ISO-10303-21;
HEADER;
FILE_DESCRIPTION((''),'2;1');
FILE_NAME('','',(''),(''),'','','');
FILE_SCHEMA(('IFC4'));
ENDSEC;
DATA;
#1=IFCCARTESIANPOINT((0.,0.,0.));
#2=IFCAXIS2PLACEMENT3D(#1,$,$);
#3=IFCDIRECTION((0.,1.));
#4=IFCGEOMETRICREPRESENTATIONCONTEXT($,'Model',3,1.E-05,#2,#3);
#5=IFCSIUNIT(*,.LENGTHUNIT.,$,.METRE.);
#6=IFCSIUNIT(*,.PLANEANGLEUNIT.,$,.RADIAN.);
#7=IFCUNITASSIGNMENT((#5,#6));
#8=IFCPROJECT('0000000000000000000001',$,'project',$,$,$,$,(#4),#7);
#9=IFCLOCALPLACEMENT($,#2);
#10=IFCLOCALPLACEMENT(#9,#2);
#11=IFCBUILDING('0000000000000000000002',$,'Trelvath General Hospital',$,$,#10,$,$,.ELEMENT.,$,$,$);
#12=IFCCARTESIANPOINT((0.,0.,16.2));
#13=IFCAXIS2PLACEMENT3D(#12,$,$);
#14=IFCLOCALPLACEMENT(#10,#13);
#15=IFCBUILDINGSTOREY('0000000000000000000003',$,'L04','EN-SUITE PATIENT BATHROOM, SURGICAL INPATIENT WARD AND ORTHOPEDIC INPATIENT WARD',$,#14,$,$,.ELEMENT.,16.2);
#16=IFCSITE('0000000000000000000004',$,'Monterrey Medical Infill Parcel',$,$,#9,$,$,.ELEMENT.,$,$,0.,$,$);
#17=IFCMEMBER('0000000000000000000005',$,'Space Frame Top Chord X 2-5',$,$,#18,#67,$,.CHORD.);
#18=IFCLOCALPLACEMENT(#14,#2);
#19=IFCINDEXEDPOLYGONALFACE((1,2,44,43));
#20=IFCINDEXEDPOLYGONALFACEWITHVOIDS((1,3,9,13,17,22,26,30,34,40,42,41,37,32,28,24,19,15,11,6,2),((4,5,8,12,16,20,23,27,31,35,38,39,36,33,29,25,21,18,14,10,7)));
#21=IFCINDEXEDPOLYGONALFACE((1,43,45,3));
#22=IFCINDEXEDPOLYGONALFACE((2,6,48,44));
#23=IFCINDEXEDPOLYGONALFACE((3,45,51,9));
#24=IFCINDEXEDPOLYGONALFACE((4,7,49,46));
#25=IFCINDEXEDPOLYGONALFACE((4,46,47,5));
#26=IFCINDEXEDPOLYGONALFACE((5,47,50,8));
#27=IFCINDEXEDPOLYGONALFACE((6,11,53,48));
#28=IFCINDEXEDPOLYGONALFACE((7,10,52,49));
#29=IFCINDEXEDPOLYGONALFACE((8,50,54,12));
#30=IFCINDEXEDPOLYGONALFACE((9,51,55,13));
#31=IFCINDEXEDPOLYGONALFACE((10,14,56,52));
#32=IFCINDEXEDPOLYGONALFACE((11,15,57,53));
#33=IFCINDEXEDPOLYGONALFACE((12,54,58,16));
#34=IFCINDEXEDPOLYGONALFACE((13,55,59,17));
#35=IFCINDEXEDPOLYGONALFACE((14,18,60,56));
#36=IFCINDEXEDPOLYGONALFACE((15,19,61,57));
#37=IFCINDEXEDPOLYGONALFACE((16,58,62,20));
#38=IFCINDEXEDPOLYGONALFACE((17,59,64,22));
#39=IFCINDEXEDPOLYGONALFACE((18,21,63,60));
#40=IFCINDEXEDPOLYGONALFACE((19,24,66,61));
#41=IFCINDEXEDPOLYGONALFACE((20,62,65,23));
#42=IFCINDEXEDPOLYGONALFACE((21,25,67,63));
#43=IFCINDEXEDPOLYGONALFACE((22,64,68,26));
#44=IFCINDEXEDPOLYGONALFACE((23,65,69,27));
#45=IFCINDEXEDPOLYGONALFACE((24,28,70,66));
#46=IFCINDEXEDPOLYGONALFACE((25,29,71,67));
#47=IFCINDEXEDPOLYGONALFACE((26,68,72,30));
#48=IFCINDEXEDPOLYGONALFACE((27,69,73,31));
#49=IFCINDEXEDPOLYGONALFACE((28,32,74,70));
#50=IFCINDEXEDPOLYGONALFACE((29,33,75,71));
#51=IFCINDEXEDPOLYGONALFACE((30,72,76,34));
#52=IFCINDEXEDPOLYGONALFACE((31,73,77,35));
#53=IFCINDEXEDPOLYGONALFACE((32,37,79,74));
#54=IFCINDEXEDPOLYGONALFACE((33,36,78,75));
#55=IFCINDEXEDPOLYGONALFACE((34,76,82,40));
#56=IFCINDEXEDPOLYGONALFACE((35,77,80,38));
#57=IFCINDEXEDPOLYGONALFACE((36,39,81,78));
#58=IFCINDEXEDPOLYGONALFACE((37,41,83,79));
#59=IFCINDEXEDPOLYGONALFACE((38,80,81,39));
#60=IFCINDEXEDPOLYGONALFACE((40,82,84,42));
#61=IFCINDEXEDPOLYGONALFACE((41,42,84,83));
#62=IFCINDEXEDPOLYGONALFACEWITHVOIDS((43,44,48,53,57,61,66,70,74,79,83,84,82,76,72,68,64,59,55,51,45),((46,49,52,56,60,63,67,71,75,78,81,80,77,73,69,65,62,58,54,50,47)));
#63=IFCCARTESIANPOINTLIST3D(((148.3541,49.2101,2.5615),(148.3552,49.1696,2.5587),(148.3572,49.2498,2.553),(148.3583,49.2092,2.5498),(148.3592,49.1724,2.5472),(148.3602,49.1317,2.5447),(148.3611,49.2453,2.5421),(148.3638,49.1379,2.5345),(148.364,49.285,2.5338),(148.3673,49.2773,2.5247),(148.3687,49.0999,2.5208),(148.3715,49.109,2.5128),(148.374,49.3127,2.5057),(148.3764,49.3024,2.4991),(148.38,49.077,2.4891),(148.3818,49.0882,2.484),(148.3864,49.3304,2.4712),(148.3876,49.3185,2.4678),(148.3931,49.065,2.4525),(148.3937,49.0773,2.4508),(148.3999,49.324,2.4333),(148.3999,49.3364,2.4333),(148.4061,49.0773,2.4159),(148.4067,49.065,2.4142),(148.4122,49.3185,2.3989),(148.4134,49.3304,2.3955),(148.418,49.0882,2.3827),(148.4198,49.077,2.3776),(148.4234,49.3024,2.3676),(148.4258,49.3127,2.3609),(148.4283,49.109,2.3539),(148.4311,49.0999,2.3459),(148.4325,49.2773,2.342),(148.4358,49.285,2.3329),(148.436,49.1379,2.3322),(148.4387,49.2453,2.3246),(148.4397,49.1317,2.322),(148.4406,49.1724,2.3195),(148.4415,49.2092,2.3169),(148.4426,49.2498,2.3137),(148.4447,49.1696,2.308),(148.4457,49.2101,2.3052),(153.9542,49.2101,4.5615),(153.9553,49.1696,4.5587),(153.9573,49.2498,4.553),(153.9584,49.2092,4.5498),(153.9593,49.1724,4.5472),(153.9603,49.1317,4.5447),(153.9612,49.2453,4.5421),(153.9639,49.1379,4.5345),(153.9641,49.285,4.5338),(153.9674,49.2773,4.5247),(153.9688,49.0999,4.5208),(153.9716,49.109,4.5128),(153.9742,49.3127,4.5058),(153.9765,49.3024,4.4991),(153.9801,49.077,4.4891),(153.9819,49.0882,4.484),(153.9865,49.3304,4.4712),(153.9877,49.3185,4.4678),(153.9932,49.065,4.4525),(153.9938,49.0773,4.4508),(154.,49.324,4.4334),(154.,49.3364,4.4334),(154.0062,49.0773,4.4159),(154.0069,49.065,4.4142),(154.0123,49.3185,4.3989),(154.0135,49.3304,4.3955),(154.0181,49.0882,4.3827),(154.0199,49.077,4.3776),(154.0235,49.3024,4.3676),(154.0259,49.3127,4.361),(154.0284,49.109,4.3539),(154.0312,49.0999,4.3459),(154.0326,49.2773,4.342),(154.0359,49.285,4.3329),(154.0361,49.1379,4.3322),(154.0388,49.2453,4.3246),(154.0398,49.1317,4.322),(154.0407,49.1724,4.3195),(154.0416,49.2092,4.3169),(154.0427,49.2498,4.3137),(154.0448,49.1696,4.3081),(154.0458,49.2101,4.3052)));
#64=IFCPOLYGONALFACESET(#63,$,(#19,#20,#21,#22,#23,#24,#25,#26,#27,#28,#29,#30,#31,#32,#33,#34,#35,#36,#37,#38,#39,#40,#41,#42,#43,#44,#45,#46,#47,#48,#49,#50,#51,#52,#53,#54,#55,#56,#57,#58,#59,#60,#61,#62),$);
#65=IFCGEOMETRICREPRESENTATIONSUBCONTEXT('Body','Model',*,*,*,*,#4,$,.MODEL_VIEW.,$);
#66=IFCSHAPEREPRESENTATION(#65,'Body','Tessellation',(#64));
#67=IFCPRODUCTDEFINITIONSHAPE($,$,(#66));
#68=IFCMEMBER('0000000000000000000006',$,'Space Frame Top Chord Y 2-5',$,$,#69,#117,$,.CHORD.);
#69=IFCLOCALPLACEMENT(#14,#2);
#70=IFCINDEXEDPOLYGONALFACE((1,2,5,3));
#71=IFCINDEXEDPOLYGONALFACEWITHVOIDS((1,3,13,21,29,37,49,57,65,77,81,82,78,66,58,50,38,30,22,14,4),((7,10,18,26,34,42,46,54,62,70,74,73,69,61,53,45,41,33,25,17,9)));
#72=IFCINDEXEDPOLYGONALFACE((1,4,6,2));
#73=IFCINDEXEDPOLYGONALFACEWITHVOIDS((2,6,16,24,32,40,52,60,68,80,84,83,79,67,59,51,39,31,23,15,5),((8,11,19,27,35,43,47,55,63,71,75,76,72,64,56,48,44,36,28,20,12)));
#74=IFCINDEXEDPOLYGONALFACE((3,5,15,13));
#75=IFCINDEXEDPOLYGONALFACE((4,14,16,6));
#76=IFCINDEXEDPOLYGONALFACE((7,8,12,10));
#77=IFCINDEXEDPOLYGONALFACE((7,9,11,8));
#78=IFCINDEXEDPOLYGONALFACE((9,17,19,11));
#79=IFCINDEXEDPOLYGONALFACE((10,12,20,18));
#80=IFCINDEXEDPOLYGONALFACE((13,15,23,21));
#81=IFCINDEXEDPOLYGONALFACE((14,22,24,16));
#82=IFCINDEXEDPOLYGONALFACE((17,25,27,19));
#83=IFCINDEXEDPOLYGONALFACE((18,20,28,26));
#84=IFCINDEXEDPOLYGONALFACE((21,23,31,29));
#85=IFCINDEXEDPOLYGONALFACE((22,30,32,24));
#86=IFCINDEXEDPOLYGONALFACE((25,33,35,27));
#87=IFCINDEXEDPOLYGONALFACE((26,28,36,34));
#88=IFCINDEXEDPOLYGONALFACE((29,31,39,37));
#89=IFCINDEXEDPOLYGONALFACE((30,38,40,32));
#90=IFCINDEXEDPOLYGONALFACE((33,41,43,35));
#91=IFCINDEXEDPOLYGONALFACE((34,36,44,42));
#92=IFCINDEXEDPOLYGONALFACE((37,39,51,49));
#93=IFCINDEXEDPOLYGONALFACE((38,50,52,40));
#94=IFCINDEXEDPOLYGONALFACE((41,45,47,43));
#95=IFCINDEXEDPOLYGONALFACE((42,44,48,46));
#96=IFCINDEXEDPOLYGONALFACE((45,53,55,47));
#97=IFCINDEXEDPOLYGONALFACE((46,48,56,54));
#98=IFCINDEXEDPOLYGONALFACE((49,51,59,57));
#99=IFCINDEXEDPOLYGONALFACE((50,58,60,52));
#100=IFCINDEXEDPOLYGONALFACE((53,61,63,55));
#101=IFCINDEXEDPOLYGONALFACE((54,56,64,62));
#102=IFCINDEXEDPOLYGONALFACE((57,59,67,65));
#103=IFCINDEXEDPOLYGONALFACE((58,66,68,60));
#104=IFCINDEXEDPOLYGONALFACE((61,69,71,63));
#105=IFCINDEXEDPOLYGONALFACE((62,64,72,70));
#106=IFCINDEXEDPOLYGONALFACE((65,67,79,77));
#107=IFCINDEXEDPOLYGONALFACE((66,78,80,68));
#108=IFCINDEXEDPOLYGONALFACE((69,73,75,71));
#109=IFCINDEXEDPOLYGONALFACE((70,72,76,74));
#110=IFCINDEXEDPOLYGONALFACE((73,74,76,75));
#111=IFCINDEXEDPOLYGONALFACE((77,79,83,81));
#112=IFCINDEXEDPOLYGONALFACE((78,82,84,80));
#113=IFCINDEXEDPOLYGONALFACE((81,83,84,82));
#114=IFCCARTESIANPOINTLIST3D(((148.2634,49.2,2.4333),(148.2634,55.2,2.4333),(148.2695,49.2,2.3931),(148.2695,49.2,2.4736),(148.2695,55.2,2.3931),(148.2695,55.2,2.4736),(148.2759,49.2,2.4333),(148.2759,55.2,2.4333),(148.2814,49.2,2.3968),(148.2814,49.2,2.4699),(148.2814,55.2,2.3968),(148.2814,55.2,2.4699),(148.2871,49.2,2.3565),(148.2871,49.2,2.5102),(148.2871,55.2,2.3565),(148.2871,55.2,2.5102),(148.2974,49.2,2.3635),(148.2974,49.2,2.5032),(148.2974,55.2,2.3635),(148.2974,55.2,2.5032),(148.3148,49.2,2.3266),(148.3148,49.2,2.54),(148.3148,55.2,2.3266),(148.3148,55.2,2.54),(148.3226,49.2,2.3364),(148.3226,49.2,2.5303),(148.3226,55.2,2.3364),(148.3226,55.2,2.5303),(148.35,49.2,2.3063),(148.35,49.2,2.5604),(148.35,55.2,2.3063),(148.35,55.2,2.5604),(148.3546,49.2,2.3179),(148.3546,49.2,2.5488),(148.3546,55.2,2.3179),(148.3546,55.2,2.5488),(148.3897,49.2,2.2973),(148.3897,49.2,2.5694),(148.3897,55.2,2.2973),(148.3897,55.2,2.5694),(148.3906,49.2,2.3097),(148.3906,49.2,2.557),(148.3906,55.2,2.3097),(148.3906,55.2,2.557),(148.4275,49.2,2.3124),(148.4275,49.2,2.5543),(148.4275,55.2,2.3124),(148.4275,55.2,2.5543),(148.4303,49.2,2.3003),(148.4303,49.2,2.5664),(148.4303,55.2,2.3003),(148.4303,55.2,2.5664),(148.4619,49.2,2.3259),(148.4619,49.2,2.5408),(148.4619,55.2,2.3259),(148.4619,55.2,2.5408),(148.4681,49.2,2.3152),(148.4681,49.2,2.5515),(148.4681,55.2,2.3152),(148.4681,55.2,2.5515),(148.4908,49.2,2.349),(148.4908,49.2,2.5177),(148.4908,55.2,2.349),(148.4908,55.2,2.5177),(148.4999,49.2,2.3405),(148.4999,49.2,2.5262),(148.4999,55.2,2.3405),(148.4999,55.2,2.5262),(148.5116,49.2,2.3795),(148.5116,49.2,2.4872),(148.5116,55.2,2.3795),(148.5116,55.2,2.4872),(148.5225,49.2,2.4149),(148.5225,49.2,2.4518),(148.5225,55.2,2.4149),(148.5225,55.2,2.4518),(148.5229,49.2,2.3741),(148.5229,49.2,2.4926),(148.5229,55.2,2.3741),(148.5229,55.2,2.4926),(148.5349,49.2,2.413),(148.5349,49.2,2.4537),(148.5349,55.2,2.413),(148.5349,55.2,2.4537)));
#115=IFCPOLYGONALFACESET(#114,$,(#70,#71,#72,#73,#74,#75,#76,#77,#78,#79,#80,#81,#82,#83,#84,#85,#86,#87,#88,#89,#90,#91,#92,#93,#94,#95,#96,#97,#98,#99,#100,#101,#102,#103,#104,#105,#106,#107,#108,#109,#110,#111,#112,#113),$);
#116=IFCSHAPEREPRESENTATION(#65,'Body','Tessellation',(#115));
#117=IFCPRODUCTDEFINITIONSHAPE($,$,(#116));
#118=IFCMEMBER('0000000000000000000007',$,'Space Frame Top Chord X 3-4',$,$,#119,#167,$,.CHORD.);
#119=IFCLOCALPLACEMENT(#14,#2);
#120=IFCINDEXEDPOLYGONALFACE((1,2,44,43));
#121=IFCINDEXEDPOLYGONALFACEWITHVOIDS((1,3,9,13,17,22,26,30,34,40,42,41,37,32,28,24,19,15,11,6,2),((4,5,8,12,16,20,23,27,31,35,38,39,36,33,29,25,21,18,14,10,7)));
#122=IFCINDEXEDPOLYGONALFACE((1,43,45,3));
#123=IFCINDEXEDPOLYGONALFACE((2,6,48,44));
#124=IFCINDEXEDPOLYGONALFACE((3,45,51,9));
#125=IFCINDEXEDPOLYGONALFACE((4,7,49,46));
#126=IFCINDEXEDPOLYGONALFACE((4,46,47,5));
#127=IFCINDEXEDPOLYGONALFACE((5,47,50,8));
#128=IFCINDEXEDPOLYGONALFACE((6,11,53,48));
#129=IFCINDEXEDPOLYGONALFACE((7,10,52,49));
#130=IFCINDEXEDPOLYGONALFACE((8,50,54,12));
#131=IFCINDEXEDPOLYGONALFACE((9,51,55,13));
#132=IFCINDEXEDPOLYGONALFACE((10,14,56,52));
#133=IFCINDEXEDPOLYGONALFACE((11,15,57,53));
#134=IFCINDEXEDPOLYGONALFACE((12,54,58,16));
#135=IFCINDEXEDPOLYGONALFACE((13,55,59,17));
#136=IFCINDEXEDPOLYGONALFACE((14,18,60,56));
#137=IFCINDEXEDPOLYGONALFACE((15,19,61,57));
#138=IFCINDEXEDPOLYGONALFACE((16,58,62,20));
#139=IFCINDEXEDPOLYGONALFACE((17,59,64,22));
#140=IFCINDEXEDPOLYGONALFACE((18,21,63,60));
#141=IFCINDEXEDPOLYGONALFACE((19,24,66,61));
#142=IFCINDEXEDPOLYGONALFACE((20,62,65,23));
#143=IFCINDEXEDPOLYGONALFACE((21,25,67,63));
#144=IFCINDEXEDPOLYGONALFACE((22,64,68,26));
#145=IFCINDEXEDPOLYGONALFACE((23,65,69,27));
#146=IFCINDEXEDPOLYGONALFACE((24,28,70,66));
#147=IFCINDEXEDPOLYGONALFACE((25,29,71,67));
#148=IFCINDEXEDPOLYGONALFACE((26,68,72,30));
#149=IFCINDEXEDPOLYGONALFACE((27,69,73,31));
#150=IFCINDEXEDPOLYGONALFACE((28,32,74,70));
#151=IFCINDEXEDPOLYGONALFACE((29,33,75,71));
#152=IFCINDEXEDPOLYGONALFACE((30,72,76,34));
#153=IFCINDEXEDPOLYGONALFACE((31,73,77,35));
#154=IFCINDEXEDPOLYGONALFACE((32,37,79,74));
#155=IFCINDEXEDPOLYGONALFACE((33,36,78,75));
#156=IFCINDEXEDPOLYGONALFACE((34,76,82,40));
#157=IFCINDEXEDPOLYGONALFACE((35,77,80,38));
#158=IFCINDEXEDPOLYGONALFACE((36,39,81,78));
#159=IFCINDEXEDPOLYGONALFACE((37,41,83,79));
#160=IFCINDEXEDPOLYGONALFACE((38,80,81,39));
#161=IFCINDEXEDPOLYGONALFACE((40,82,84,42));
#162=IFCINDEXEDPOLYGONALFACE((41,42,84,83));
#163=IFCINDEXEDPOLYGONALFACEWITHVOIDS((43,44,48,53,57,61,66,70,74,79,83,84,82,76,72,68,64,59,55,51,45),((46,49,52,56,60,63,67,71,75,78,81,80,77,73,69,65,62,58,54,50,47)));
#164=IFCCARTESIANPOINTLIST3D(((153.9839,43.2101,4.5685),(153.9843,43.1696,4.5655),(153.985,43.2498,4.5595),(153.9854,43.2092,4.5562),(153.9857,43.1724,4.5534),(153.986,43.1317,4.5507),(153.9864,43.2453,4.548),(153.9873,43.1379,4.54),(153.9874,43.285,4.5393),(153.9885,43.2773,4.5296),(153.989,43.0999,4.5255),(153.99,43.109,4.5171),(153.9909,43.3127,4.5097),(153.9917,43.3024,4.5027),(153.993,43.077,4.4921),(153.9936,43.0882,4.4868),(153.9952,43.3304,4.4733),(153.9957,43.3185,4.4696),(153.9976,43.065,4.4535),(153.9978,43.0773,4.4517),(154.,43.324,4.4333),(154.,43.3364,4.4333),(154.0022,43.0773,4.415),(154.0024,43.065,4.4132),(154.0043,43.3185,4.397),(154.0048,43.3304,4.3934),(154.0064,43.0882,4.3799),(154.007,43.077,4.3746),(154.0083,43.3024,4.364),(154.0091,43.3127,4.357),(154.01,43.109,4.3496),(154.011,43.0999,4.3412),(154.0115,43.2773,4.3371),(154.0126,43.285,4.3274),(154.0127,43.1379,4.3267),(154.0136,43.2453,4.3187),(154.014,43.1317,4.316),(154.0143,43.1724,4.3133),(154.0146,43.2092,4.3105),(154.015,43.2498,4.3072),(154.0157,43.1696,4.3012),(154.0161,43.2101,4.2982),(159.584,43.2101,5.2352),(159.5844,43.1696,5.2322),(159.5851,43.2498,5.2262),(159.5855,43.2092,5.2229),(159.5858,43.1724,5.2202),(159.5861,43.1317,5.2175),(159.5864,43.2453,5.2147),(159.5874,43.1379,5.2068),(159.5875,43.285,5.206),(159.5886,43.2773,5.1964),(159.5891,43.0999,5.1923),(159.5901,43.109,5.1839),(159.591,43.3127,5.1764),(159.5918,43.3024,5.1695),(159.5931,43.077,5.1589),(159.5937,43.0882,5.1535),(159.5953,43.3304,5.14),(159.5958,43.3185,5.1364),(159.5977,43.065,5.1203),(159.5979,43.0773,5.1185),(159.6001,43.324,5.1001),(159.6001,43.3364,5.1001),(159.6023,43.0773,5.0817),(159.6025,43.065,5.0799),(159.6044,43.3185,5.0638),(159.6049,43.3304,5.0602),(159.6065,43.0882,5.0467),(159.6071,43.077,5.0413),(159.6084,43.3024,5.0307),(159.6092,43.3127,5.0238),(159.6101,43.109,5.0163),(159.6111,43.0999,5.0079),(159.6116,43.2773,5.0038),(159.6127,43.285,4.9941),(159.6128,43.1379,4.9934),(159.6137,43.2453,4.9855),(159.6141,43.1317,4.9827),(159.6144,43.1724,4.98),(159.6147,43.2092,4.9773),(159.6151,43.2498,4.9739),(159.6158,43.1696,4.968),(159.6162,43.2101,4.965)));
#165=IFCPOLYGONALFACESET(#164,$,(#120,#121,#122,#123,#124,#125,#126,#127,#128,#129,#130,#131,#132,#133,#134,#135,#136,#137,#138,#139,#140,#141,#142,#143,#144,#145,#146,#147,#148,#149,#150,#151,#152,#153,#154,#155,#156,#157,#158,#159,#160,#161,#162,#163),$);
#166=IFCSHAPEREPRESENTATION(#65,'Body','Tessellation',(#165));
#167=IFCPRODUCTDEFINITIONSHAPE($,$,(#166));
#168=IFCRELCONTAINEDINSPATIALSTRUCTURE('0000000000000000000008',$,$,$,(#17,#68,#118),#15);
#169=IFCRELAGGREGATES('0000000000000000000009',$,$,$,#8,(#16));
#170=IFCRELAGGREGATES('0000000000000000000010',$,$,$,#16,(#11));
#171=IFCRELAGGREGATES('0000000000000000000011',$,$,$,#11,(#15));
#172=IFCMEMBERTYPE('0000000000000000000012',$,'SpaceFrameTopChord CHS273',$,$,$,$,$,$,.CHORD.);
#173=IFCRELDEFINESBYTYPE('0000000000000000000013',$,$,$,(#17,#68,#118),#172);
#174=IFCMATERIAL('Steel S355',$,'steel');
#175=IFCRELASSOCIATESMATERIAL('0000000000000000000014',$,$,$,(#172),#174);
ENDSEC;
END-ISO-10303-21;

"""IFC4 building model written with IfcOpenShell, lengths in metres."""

from ifc_helpers import new_model, si_unit, direction, frame, origin, origin_2d, place, context, subcontext, project, spatial, hollow_circle, extrude, material, material_profile, profile_set, type_object, element, save


model = new_model("IFC4")

# Units and contexts
model_context = context("Model", 3, precision=1e-05, world=origin(), true_north=direction((0.0, 1.0)))
body_context = subcontext(model_context, "Body", "Model", "MODEL_VIEW")
ifc_project = project(units=[si_unit("LENGTHUNIT", "METRE"), si_unit("PLANEANGLEUNIT", "RADIAN")], contexts=[model_context])

# Site, building, storey
site_placement = place(None, origin())
site = spatial("IfcSite", under=ifc_project, at=site_placement, Name="Monterrey Medical Infill Parcel", CompositionType="ELEMENT", RefElevation=0.0)
building_placement = place(site_placement, origin())
building = spatial("IfcBuilding", under=site, at=building_placement, Name="Trelvath General Hospital", CompositionType="ELEMENT")
storey_placement = place(building_placement, frame((0.0, 0.0, 16.2)))
storey = spatial("IfcBuildingStorey", under=building, at=storey_placement, Name="L04", Description="EN-SUITE PATIENT BATHROOM, SURGICAL INPATIENT WARD AND ORTHOPEDIC INPATIENT WARD", CompositionType="ELEMENT", Elevation=16.2)

# Members
ifc_material_1 = material(Name="Steel S355", Category="steel")
ifc_material_profile_1 = material_profile(ifc_material_1, hollow_circle(Radius=0.1365, WallThickness=0.0125, at=origin_2d()), Name="CHS273.0x12.5")
ifc_profile_set_1 = profile_set([ifc_material_profile_1], Name="Steel S355")
member_type_1 = type_object("IfcMemberType", Name="SpaceFrameTopChord CHS273", PredefinedType="CHORD", material=ifc_profile_set_1)
member_1_placement = place(storey_placement, frame((148.3999, 49.2, 2.4333), z_axis=(0.941744, 0.0, 0.336331), x_axis=(0.0, 1.0, 0.0)))
element("IfcMember", 1, at=member_1_placement, inside=storey, type_object=member_type_1, Name="Space Frame Top Chord X 2-5", PredefinedType="CHORD", context=body_context, shape_type="SweptSolid", body=[
    extrude(hollow_circle(Radius=0.1365, WallThickness=0.0125, at=origin_2d()), origin(), (0.0, 0.0, 1.0), 5.9465),
])
member_2_placement = place(storey_placement, frame((148.3999, 49.2, 2.4333), z_axis=(0.0, 1.0, 0.0), x_axis=(-1.0, 0.0, 0.0)))
element("IfcMember", 2, at=member_2_placement, inside=storey, type_object=member_type_1, Name="Space Frame Top Chord Y 2-5", PredefinedType="CHORD", context=body_context, shape_type="SweptSolid", body=[
    extrude(hollow_circle(Radius=0.1365, WallThickness=0.0125, at=origin_2d()), origin(), (0.0, 0.0, 1.0), 6.0),
])
member_3_placement = place(storey_placement, frame((154.0, 43.2, 4.4333), z_axis=(0.992987, 0.0, 0.118225), x_axis=(0.0, 1.0, 0.0)))
element("IfcMember", 3, at=member_3_placement, inside=storey, type_object=member_type_1, Name="Space Frame Top Chord X 3-4", PredefinedType="CHORD", context=body_context, shape_type="SweptSolid", body=[
    extrude(hollow_circle(Radius=0.1365, WallThickness=0.0125, at=origin_2d()), origin(), (0.0, 0.0, 1.0), 5.6396),
])

save(model, "model.ifc")
